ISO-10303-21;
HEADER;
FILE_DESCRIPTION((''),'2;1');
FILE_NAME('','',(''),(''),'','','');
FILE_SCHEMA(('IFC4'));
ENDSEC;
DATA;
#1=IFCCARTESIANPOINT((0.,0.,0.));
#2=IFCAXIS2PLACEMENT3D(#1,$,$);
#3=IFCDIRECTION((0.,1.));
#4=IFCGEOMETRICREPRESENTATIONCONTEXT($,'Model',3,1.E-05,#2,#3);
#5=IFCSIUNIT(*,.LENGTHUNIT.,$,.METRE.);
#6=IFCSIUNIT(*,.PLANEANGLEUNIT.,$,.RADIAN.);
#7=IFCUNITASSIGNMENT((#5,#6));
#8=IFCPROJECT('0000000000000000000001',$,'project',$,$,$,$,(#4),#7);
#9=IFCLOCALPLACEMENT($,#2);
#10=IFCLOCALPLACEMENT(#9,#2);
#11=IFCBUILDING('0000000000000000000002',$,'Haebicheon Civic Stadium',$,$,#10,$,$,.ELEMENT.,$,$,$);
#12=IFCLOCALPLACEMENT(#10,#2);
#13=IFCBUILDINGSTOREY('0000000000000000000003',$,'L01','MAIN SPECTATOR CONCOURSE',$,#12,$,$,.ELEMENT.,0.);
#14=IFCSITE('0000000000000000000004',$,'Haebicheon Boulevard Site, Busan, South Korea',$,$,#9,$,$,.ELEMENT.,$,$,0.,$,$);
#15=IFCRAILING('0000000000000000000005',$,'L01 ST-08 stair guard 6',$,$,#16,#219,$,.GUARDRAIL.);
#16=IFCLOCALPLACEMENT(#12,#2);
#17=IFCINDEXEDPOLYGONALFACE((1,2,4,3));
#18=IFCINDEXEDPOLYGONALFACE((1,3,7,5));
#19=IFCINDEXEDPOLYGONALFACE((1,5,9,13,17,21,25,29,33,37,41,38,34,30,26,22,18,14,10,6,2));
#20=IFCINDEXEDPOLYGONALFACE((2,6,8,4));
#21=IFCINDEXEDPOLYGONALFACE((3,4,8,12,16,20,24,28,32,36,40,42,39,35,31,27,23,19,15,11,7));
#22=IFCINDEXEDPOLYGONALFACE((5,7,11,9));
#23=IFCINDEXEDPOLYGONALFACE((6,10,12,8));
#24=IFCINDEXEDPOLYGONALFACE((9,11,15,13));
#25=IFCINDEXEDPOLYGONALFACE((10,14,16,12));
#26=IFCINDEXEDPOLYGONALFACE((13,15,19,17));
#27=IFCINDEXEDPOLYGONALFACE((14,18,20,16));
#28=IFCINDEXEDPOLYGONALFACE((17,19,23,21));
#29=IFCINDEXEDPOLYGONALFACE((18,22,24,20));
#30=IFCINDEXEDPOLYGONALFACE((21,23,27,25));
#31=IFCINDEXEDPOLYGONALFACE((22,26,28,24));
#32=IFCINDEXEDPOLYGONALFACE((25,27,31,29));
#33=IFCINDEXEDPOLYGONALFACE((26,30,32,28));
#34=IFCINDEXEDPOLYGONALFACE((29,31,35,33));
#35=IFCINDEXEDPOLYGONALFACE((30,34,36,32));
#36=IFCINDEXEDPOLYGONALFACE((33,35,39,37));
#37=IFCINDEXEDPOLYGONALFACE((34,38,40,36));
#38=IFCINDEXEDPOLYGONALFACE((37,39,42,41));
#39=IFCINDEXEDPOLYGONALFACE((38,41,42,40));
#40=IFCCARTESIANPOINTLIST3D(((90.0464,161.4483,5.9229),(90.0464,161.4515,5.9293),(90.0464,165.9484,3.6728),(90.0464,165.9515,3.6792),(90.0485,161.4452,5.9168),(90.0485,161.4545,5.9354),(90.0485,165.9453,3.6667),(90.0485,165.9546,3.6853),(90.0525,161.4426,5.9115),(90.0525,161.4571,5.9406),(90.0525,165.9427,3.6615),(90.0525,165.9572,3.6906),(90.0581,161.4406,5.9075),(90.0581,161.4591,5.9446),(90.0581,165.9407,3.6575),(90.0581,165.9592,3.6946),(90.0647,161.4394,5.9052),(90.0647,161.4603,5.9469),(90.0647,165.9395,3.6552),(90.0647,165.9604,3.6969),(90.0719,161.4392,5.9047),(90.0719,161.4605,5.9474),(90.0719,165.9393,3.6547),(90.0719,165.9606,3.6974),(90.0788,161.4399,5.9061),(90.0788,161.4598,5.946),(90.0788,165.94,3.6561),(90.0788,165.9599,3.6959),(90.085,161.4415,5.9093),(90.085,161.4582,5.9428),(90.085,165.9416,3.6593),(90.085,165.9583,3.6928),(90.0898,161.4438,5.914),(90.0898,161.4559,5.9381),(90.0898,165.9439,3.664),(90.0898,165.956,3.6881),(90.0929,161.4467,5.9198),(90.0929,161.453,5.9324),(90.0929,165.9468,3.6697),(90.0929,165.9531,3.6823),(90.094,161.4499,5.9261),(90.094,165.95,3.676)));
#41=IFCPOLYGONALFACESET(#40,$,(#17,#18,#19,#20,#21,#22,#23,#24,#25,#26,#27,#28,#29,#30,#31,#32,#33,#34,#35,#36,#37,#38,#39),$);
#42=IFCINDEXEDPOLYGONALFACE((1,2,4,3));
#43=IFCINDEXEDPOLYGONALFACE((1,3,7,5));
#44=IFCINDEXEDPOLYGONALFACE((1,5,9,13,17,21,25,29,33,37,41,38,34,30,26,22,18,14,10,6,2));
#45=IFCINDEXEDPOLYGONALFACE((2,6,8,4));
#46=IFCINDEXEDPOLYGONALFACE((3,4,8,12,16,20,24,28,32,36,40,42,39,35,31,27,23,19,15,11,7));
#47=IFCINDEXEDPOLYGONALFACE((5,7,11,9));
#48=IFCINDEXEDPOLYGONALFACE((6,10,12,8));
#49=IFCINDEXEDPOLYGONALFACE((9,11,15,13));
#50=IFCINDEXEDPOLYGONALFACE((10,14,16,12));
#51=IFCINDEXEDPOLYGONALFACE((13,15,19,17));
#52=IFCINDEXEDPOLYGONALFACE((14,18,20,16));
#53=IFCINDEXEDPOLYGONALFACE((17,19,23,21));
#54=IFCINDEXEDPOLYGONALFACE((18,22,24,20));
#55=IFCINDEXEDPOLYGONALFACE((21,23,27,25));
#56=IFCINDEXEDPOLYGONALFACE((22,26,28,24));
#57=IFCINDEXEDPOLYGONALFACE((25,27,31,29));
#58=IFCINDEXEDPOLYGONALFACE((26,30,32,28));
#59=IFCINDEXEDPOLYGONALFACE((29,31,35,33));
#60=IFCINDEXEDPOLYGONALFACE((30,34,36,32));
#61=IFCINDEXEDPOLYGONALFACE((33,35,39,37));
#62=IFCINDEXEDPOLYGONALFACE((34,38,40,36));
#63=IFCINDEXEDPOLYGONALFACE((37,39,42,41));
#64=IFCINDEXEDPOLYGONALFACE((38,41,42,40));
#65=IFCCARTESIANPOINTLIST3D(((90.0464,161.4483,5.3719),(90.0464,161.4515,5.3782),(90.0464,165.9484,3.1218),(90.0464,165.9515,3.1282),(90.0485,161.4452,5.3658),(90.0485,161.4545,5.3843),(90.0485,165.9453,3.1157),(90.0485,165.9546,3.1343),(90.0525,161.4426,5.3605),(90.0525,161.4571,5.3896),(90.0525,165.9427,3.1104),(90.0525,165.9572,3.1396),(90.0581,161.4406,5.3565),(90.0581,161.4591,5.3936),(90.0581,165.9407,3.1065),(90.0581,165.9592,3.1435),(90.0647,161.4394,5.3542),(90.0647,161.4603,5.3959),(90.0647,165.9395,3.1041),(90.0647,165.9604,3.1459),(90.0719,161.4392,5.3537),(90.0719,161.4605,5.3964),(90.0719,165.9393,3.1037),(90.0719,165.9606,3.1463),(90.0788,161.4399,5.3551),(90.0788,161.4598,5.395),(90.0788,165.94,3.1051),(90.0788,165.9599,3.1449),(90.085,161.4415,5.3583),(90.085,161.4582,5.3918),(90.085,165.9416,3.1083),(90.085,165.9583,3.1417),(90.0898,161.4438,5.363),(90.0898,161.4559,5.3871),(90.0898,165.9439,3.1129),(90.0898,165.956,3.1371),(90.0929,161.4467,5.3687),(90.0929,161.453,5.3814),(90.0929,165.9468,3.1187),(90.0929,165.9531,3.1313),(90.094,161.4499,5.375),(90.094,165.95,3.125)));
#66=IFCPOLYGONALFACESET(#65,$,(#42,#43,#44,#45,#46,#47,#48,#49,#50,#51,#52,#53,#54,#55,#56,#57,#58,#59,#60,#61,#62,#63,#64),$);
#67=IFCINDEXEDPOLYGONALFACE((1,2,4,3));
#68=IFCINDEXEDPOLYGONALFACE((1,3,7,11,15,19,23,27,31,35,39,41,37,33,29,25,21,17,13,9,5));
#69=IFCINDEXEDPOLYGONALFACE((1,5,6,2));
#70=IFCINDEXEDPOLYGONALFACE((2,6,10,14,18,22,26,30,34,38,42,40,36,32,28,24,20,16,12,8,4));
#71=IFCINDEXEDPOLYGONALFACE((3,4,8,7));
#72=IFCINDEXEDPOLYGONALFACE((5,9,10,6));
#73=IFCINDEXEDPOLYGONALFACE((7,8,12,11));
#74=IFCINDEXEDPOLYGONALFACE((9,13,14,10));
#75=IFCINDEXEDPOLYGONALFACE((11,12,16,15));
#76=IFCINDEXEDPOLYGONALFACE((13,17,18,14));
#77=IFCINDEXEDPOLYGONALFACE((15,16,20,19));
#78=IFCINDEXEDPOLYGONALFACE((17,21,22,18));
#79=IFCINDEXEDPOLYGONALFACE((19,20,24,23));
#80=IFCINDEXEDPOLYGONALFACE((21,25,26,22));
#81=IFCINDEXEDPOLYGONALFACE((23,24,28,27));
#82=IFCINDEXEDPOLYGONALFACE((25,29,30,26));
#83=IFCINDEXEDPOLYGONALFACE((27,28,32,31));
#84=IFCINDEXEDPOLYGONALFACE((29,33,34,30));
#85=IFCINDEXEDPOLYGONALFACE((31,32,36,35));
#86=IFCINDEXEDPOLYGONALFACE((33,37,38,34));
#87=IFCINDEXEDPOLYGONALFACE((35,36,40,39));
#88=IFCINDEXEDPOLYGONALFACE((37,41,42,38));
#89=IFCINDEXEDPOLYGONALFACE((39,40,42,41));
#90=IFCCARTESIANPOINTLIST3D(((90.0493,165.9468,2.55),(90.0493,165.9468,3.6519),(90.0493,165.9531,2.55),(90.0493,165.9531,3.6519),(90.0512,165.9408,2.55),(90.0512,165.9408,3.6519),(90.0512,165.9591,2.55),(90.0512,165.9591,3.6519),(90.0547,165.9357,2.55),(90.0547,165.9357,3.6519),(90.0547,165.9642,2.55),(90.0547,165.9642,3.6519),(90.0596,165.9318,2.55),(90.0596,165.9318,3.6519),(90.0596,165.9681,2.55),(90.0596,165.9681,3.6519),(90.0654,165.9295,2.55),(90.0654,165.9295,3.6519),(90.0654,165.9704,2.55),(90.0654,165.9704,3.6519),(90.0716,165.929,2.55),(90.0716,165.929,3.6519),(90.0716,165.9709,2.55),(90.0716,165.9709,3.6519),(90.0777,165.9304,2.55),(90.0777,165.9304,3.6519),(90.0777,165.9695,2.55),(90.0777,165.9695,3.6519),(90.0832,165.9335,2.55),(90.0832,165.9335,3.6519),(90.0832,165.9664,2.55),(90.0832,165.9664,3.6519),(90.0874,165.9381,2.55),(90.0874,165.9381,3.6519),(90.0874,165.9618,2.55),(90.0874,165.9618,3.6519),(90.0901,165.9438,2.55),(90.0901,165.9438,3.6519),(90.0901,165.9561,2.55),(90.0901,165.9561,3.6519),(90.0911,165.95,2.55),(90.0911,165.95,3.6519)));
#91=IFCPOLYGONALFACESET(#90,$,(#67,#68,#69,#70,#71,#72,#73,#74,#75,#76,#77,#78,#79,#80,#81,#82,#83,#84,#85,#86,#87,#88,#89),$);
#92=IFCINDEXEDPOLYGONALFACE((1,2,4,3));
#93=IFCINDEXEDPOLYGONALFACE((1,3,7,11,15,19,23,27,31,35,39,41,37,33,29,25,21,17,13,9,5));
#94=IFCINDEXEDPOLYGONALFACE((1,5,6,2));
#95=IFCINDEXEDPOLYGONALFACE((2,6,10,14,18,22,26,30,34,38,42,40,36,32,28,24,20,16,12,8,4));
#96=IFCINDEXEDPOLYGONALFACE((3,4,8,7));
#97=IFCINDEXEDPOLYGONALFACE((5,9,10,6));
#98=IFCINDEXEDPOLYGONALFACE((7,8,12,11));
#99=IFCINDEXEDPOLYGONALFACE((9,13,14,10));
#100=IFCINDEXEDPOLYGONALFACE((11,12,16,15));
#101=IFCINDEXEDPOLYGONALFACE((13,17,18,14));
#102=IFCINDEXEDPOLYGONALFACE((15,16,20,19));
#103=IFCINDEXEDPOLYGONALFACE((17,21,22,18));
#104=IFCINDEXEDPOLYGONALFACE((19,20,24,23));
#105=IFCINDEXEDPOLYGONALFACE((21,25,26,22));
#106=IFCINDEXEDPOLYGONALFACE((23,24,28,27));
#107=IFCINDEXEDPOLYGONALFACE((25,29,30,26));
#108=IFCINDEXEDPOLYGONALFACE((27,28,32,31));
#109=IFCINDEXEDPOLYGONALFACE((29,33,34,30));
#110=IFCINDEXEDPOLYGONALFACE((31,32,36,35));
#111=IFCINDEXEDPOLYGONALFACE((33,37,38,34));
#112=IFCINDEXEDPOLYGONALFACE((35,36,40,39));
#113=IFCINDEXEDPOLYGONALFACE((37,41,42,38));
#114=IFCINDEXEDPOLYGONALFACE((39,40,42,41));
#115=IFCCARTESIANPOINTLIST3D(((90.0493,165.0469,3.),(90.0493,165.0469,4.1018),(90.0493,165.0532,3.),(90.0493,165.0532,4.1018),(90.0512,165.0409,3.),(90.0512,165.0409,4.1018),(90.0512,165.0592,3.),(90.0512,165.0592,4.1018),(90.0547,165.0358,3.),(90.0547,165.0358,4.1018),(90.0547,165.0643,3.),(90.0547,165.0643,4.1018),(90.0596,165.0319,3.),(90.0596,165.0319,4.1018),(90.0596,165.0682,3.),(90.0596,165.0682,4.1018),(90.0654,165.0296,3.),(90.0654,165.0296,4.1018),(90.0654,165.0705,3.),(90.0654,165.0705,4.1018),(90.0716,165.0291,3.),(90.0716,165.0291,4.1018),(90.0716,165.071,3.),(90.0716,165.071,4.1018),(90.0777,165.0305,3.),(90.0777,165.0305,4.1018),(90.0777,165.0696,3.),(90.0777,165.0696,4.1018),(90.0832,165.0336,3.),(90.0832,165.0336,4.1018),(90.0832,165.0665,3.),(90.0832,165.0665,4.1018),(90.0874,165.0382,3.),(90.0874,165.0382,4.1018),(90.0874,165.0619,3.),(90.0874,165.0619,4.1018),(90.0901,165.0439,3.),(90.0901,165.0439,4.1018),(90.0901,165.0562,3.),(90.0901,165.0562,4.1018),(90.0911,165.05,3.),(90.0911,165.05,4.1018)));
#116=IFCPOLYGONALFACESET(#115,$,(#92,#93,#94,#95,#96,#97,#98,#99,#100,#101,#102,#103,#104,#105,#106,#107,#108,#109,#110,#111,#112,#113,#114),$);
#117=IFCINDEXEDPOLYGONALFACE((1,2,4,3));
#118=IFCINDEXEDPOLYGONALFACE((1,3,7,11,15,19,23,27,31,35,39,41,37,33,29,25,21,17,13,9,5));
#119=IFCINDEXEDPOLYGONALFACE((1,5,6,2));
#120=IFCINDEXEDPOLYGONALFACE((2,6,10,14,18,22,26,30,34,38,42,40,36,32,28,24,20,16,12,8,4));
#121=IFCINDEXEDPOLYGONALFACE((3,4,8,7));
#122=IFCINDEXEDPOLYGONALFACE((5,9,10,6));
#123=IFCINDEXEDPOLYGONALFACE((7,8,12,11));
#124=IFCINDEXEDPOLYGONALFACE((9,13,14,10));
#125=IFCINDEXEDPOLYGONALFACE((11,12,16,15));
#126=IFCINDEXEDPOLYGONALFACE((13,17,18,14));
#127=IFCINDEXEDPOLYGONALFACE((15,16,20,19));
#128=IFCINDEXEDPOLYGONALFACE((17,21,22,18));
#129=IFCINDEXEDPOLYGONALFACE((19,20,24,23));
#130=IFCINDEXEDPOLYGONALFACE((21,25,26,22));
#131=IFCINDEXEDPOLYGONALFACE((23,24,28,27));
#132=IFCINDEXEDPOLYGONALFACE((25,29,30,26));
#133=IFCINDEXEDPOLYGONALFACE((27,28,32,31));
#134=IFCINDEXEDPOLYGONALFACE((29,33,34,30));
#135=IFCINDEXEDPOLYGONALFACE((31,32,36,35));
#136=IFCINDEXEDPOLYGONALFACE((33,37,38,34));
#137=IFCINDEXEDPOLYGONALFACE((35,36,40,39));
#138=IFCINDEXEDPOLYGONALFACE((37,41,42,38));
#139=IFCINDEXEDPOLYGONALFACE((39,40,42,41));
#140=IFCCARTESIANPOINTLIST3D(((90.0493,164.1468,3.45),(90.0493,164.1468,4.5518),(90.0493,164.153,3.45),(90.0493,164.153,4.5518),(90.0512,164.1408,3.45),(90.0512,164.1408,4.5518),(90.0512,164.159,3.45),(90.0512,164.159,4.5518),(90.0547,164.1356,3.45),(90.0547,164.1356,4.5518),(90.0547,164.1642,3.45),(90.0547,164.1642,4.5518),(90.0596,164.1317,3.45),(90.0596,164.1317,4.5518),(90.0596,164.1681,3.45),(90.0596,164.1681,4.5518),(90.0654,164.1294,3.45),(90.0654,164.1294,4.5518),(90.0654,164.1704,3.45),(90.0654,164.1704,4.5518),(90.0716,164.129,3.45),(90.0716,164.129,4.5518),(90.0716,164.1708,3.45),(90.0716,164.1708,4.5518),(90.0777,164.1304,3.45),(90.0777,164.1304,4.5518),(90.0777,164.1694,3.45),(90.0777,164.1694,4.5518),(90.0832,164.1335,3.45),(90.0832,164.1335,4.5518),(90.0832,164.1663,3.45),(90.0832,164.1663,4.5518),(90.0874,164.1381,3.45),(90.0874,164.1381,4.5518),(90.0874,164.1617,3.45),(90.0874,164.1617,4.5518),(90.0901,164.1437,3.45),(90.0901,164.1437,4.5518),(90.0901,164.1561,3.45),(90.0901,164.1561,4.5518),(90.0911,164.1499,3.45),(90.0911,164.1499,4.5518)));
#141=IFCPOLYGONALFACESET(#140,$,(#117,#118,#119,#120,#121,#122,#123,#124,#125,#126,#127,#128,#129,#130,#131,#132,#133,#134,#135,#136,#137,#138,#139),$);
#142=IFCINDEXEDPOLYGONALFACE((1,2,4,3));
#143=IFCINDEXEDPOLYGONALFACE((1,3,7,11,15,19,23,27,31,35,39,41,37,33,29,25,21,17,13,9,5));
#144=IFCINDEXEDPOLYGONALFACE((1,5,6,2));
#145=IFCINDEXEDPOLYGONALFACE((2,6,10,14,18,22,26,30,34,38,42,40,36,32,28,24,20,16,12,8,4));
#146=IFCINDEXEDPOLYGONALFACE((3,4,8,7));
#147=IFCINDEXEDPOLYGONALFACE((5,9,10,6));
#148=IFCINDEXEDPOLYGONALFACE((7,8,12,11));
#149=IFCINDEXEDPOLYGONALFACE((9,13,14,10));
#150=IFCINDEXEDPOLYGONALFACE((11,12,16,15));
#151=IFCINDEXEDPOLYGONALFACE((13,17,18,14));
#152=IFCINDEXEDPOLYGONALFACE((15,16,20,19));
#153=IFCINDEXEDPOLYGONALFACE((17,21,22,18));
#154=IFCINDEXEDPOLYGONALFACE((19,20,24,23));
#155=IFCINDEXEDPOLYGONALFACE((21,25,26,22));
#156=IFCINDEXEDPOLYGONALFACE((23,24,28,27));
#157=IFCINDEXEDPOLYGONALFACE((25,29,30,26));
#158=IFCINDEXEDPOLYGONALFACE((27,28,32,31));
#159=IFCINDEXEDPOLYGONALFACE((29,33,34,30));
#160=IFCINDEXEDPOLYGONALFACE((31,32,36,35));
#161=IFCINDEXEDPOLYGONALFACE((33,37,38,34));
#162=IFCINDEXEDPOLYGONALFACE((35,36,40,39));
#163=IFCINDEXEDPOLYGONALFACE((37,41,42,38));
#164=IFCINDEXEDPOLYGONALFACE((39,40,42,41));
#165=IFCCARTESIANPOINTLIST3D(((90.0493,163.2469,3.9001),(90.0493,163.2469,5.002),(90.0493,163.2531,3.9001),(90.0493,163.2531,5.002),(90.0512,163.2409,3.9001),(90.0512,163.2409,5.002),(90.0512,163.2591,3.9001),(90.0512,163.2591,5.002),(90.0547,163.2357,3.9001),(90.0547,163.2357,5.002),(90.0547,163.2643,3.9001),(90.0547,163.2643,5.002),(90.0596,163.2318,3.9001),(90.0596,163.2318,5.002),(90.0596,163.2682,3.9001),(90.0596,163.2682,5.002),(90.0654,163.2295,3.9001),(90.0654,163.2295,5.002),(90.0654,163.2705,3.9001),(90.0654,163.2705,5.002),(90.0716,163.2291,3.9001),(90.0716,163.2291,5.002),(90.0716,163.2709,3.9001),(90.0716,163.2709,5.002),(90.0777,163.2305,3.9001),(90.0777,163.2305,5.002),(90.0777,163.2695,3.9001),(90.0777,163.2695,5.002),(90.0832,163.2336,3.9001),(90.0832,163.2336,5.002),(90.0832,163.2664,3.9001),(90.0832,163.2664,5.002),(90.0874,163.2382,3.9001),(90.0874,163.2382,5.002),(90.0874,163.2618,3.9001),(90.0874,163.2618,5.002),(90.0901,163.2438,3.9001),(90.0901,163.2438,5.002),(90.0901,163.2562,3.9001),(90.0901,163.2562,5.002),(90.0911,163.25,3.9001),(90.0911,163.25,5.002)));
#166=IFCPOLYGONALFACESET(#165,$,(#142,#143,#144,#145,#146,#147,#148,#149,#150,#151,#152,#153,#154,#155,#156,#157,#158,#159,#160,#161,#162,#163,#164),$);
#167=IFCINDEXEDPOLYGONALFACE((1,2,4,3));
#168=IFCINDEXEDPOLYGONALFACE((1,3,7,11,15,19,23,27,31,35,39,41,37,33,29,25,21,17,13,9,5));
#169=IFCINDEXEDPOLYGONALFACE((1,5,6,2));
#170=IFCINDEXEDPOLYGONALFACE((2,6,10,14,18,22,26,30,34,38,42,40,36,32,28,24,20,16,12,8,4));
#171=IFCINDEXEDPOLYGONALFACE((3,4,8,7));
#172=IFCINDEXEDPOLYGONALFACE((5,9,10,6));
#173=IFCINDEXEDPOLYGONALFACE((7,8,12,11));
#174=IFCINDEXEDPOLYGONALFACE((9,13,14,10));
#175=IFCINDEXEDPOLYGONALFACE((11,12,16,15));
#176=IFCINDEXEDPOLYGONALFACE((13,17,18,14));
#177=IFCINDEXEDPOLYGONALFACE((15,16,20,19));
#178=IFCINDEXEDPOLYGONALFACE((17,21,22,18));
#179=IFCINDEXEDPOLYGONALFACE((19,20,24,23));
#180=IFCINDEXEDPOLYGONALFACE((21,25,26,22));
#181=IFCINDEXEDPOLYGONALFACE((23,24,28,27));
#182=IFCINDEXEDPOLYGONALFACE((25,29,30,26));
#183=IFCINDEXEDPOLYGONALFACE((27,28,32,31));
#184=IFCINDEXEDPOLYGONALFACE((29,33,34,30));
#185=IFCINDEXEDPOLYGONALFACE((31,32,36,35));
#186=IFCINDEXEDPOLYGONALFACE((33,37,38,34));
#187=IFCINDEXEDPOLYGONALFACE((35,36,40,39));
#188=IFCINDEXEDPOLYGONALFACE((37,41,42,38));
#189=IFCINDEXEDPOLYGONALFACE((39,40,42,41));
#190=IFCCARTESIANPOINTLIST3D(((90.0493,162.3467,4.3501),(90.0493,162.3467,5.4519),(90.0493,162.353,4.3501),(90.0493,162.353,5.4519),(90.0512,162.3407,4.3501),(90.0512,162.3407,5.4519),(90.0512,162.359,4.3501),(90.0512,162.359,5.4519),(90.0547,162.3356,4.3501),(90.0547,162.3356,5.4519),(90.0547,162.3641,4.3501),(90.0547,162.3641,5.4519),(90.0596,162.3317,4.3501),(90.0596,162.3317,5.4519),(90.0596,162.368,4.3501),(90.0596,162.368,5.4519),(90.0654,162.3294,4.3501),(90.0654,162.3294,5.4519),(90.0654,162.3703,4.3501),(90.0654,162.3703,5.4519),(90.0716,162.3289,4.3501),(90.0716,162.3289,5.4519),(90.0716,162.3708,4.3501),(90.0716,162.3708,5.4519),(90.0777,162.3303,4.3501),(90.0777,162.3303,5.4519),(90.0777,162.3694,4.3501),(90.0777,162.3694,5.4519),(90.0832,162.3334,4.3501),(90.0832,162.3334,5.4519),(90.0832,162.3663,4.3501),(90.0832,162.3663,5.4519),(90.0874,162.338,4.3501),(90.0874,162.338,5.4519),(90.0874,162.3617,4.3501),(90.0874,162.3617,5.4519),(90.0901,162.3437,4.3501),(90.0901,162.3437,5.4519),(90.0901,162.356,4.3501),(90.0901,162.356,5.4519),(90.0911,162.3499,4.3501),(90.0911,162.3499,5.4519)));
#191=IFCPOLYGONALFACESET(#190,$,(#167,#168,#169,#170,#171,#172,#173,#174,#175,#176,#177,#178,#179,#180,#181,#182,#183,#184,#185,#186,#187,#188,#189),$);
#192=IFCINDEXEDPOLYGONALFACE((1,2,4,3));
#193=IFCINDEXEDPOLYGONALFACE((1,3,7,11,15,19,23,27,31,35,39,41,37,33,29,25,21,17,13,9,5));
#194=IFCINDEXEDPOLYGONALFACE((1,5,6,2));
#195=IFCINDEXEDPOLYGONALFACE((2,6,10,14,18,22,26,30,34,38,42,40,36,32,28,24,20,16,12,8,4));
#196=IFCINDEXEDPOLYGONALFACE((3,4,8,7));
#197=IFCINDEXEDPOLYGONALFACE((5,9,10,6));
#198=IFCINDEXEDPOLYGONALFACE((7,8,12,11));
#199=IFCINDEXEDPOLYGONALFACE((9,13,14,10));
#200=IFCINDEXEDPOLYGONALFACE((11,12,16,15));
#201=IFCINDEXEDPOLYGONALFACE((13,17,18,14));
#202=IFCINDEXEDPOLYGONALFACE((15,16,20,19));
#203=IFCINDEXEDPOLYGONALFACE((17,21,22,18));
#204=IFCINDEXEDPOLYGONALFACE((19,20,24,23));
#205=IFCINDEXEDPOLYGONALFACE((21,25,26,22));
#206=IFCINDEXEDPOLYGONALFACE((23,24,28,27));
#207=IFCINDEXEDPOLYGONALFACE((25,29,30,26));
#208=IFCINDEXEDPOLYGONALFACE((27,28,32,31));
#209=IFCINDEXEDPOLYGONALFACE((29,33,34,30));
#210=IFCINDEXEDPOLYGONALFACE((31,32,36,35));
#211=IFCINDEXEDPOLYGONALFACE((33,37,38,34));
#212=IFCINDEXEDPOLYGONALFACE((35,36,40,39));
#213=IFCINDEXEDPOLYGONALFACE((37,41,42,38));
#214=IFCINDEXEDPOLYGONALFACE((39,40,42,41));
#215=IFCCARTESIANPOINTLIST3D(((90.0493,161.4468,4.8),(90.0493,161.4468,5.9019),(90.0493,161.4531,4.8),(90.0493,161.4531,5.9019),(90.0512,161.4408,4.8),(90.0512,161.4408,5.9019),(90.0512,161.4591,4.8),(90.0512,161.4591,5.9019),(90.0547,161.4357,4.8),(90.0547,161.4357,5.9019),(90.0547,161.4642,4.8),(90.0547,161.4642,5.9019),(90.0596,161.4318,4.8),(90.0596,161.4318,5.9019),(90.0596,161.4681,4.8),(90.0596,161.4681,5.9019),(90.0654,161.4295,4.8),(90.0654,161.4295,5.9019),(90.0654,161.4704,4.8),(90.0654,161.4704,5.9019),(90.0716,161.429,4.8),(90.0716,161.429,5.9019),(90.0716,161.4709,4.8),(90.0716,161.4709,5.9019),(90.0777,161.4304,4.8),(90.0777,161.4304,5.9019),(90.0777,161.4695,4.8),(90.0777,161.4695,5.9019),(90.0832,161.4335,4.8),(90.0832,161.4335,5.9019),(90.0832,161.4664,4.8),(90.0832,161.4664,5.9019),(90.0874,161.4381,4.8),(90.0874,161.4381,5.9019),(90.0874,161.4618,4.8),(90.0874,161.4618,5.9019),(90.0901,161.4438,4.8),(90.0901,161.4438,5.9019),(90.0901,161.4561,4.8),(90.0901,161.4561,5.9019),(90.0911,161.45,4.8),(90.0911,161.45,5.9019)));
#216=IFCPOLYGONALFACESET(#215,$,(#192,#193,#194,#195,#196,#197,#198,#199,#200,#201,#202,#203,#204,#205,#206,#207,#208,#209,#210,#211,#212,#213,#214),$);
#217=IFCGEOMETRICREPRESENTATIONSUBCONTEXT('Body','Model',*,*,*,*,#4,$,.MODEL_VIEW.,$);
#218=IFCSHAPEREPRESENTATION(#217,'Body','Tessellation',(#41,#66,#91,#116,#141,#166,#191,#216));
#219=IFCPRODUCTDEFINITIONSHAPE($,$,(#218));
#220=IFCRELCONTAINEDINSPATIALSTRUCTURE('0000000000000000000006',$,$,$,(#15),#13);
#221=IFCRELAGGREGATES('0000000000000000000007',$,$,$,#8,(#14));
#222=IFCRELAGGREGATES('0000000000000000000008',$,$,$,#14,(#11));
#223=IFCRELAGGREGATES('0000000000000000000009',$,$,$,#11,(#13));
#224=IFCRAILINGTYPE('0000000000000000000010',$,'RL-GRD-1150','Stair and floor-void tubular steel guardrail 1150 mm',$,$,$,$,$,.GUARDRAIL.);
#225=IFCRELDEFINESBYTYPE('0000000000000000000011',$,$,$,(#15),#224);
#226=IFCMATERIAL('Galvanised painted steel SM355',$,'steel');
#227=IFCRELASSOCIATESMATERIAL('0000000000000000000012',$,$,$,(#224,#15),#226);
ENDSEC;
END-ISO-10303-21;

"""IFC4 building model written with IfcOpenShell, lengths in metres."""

from ifc_helpers import new_model, si_unit, direction, frame, origin, origin_2d, place, context, subcontext, project, spatial, circle, extrude, material, type_object, element, save


model = new_model("IFC4")

# Units and contexts
model_context = context("Model", 3, precision=1e-05, world=origin(), true_north=direction((0.0, 1.0)))
body_context = subcontext(model_context, "Body", "Model", "MODEL_VIEW")
ifc_project = project(units=[si_unit("LENGTHUNIT", "METRE"), si_unit("PLANEANGLEUNIT", "RADIAN")], contexts=[model_context])

# Site, building, storey
site_placement = place(None, origin())
site = spatial("IfcSite", under=ifc_project, at=site_placement, Name="Haebicheon Boulevard Site, Busan, South Korea", CompositionType="ELEMENT", RefElevation=0.0)
building_placement = place(site_placement, origin())
building = spatial("IfcBuilding", under=site, at=building_placement, Name="Haebicheon Civic Stadium", CompositionType="ELEMENT")
storey_placement = place(building_placement, origin())
storey = spatial("IfcBuildingStorey", under=building, at=storey_placement, Name="L01", Description="MAIN SPECTATOR CONCOURSE", CompositionType="ELEMENT", Elevation=0.0)

# Railing
ifc_material_1 = material(Name="Galvanised painted steel SM355", Category="steel")
railing_type_1 = type_object("IfcRailingType", Name="RL-GRD-1150", Description="Stair and floor-void tubular steel guardrail 1150 mm", PredefinedType="GUARDRAIL", material=ifc_material_1)
railing_1_placement = place(storey_placement, frame((90.0701, 165.95, 2.55)))
element("IfcRailing", 1, at=railing_1_placement, inside=storey, type_object=railing_type_1, material=ifc_material_1, Name="L01 ST-08 stair guard 6", PredefinedType="GUARDRAIL", context=body_context, shape_type="SweptSolid", body=[
    extrude(circle(Radius=0.0239, at=origin_2d()), frame((0.0, 0.0, 1.126), z_axis=(0.0, -0.894427, 0.447214), x_axis=(1.0, 0.0, 0.0)), (0.0, 0.0, 1.0), 5.0312),
    extrude(circle(Radius=0.0239, at=origin_2d()), frame((0.0, 0.0, 0.575), z_axis=(0.0, -0.894427, 0.447214), x_axis=(1.0, 0.0, 0.0)), (0.0, 0.0, 1.0), 5.0312),
    extrude(circle(Radius=0.021, at=origin_2d()), origin(), (0.0, 0.0, 1.0), 1.1018),
    extrude(circle(Radius=0.021, at=origin_2d()), frame((0.0, -0.8999, 0.45)), (0.0, 0.0, 1.0), 1.1018),
    extrude(circle(Radius=0.021, at=origin_2d()), frame((0.0, -1.8, 0.8999)), (0.0, 0.0, 1.0), 1.1018),
    extrude(circle(Radius=0.021, at=origin_2d()), frame((0.0, -2.7, 1.3501)), (0.0, 0.0, 1.0), 1.1018),
    extrude(circle(Radius=0.021, at=origin_2d()), frame((0.0, -3.6001, 1.8)), (0.0, 0.0, 1.0), 1.1018),
    extrude(circle(Radius=0.021, at=origin_2d()), frame((0.0, -4.5, 2.25)), (0.0, 0.0, 1.0), 1.1018),
])

save(model, "model.ifc")
